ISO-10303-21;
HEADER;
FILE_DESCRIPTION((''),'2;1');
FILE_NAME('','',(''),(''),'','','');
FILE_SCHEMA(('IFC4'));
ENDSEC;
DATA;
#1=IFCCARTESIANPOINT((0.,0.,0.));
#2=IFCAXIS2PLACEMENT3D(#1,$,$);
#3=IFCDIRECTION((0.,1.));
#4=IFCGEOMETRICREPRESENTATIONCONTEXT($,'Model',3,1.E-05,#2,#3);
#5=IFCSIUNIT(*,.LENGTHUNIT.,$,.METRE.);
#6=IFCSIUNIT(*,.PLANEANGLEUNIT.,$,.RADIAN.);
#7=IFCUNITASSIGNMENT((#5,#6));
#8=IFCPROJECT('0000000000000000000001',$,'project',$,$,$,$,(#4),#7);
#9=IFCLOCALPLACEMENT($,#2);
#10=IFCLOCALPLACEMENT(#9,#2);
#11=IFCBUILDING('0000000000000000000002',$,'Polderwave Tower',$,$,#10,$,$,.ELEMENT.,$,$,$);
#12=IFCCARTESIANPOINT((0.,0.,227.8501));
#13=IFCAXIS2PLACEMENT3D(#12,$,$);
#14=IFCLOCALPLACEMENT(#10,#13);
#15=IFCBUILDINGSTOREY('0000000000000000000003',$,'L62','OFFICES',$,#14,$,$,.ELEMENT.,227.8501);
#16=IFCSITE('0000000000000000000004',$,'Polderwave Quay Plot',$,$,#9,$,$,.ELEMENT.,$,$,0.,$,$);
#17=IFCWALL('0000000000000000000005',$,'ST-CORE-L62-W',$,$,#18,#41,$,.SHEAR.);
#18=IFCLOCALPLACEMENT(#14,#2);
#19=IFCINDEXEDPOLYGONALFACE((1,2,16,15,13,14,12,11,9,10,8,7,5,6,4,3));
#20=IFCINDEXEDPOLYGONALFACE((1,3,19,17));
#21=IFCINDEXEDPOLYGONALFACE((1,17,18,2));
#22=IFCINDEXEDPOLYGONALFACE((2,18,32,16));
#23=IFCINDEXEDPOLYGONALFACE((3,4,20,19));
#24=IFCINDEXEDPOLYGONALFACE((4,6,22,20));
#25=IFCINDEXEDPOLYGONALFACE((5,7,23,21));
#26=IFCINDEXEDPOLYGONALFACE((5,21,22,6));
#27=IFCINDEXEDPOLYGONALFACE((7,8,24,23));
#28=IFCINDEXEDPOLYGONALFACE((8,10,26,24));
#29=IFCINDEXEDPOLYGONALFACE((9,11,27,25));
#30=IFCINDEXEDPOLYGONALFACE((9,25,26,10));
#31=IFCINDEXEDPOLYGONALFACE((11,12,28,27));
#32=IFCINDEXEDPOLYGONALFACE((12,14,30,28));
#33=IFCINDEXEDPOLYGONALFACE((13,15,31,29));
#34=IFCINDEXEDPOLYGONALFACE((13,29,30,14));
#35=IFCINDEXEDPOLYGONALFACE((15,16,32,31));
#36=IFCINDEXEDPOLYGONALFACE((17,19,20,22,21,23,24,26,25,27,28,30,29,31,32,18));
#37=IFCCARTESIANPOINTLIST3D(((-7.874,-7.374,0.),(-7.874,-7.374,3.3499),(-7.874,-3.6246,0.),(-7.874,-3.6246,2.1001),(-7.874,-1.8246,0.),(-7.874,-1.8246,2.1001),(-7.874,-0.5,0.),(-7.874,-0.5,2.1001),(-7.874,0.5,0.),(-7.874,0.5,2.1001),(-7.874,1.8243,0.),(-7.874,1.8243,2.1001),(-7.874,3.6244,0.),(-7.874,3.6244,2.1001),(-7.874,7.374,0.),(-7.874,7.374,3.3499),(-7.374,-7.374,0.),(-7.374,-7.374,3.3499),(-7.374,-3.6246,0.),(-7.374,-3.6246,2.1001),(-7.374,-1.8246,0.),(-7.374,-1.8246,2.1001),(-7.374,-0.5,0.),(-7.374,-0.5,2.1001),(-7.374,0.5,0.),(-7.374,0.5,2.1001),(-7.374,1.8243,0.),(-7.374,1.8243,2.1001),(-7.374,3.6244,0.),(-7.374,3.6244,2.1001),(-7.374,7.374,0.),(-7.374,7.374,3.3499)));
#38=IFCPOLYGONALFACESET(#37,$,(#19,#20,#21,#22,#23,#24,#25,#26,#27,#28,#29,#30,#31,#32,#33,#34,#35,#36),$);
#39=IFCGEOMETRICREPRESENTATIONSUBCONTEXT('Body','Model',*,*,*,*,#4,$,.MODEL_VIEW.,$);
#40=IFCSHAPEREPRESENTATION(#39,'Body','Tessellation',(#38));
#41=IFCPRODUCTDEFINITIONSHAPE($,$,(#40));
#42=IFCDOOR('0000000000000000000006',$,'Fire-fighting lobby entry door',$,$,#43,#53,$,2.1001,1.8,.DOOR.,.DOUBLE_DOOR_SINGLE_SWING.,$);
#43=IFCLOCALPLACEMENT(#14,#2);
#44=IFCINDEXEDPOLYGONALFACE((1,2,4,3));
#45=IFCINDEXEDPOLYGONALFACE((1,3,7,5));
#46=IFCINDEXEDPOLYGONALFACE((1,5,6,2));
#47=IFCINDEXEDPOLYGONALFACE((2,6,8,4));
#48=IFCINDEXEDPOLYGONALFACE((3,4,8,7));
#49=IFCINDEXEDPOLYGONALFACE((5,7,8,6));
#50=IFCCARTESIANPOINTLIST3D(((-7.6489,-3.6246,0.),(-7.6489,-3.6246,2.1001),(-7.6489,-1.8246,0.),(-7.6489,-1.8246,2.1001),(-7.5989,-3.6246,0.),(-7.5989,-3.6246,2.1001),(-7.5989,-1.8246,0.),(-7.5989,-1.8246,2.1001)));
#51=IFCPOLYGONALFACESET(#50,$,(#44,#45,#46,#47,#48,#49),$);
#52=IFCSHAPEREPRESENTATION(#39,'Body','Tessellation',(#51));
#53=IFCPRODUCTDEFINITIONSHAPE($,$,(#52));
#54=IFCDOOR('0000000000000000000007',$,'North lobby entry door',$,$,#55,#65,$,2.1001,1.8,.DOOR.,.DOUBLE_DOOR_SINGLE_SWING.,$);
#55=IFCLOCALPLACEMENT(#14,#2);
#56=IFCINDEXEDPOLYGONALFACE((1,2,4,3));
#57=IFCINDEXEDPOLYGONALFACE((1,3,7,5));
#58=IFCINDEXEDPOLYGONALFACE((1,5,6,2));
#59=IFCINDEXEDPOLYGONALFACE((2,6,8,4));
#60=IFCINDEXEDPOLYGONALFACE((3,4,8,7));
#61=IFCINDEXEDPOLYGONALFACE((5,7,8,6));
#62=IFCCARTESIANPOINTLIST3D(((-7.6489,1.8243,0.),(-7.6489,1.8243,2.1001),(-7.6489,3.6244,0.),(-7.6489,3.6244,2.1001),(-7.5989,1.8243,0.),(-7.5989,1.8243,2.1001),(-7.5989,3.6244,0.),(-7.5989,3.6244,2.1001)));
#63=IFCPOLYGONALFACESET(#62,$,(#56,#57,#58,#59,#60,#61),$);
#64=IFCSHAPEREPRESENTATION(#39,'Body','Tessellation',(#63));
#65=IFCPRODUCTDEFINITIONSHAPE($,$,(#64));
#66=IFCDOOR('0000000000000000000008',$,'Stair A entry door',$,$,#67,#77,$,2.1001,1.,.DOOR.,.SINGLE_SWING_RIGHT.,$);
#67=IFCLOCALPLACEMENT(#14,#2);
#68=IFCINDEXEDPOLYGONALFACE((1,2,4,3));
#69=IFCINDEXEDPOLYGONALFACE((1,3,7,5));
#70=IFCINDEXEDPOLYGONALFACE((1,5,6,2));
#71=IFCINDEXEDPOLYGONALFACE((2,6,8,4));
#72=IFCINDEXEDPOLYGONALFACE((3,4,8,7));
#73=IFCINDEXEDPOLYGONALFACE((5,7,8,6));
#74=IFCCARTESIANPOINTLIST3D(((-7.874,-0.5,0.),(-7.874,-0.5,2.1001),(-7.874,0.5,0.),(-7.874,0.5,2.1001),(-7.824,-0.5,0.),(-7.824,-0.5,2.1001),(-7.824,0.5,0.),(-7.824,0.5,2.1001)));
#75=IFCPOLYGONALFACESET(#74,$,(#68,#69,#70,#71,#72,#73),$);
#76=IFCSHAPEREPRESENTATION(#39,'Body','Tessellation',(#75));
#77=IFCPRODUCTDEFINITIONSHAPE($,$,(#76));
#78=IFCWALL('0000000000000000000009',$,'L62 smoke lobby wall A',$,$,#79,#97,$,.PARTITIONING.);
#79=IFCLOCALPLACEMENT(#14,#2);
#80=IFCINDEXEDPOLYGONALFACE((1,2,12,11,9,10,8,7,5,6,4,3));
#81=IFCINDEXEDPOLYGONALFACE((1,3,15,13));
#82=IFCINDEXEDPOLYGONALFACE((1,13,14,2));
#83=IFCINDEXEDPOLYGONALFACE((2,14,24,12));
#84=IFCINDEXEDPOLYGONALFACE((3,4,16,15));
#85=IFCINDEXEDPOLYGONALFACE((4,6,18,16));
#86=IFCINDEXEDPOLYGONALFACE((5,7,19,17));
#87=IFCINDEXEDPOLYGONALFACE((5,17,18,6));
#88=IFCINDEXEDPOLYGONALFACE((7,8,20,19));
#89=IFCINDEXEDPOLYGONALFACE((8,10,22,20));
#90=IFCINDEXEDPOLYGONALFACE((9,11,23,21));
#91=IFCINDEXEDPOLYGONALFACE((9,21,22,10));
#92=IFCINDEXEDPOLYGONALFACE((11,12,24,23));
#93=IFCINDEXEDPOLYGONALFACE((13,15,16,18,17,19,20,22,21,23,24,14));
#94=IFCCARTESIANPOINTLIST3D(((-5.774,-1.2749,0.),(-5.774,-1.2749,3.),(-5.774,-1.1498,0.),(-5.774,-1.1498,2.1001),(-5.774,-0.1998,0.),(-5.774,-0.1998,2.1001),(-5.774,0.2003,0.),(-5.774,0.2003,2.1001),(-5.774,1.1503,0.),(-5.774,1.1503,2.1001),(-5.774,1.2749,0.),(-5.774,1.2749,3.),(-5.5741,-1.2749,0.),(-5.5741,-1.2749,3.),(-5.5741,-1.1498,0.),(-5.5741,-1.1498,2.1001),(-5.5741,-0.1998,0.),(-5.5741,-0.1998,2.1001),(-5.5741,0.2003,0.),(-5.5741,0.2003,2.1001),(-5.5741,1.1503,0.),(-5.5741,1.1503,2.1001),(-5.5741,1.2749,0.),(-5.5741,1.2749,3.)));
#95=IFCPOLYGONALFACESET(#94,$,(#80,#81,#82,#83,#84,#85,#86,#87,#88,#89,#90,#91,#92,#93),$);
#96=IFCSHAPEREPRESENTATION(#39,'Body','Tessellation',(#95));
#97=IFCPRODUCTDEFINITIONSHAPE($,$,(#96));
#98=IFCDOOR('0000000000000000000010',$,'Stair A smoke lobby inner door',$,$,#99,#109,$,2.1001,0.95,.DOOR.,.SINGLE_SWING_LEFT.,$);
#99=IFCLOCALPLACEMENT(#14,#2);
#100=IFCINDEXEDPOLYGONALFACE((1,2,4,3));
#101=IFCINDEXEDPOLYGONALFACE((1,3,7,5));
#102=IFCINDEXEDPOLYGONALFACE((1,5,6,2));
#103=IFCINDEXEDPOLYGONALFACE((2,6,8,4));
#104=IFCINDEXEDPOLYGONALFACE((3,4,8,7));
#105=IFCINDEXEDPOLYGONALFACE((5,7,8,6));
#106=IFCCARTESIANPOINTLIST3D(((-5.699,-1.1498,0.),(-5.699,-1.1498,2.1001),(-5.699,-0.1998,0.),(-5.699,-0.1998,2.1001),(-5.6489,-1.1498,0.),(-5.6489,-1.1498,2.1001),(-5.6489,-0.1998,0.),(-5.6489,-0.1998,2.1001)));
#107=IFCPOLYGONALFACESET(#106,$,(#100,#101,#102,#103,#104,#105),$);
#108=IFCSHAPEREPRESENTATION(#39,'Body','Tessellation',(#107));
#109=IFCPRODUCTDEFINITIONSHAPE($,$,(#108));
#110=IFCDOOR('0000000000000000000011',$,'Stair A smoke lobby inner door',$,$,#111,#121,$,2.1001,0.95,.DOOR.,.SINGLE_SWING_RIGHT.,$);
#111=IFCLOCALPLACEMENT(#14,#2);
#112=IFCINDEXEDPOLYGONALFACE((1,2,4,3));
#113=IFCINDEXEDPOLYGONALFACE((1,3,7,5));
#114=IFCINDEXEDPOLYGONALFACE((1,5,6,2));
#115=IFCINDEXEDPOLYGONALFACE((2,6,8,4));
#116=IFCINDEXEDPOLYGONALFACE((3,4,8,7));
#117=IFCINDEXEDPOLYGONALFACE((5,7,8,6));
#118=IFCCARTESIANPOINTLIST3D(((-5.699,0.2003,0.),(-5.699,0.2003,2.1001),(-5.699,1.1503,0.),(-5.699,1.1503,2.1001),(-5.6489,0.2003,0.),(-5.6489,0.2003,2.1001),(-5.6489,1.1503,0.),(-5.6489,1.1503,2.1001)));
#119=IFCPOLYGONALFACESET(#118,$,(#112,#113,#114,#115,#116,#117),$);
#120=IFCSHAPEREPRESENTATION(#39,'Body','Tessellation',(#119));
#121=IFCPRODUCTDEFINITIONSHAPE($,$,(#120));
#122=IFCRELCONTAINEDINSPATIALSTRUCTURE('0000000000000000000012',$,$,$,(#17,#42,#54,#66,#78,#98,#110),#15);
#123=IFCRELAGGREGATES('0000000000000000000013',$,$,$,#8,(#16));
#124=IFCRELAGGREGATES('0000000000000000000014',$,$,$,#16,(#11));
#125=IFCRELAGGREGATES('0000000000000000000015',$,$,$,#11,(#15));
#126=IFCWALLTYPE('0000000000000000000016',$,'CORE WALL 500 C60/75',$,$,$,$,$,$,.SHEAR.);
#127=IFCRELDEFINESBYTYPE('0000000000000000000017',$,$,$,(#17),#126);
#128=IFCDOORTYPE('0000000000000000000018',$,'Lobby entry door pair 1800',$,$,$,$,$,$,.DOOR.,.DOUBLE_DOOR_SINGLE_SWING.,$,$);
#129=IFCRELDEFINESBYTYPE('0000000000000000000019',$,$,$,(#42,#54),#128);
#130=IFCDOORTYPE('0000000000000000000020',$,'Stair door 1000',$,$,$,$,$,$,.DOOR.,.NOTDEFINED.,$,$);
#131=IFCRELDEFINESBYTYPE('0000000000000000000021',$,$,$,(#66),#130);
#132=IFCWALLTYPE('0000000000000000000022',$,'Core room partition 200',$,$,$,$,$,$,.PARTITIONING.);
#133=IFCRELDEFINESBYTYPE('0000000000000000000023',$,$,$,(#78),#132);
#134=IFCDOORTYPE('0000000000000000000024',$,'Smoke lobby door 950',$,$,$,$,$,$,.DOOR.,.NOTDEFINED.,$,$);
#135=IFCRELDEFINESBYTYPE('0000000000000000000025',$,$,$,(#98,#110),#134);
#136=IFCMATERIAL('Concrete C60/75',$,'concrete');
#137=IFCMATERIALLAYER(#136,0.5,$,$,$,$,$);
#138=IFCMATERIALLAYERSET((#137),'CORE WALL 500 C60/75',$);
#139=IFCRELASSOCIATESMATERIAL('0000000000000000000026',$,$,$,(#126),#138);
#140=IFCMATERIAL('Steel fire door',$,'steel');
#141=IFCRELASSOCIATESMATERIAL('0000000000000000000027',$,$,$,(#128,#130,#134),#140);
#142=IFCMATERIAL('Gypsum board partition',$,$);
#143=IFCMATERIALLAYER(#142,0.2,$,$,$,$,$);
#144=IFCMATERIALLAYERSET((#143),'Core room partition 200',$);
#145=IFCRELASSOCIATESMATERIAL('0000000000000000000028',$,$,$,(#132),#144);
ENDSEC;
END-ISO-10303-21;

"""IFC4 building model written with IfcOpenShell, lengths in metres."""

from ifc_helpers import new_model, si_unit, direction, frame, frame_2d, origin, place, context, subcontext, project, spatial, rectangle, extrude, material, layer, layer_set, type_object, element, fill, save


model = new_model("IFC4")

# Units and contexts
model_context = context("Model", 3, precision=1e-05, world=origin(), true_north=direction((0.0, 1.0)))
body_context = subcontext(model_context, "Body", "Model", "MODEL_VIEW")
ifc_project = project(units=[si_unit("LENGTHUNIT", "METRE"), si_unit("PLANEANGLEUNIT", "RADIAN")], contexts=[model_context])

# Site, building, storey
site_placement = place(None, origin())
site = spatial("IfcSite", under=ifc_project, at=site_placement, Name="Polderwave Quay Plot", CompositionType="ELEMENT", RefElevation=0.0)
building_placement = place(site_placement, origin())
building = spatial("IfcBuilding", under=site, at=building_placement, Name="Polderwave Tower", CompositionType="ELEMENT")
storey_placement = place(building_placement, frame((0.0, 0.0, 227.8501)))
storey = spatial("IfcBuildingStorey", under=building, at=storey_placement, Name="L62", Description="OFFICES", CompositionType="ELEMENT", Elevation=227.8501)

# Walls, openings, doors
ifc_material_1 = material(Name="Concrete C60/75", Category="concrete")
ifc_layer_1 = layer(ifc_material_1, 0.5)
ifc_layer_set_1 = layer_set([ifc_layer_1], Name="CORE WALL 500 C60/75")
wall_type_1 = type_object("IfcWallType", Name="CORE WALL 500 C60/75", PredefinedType="SHEAR", material=ifc_layer_set_1)
wall_1_placement = place(storey_placement, frame((-7.624, -7.374, 0.0), z_axis=(0.0, 0.0, 1.0), x_axis=(0.0, 1.0, 0.0)))
wall_1 = element("IfcWall", 1, at=wall_1_placement, inside=storey, type_object=wall_type_1, Name="ST-CORE-L62-W", PredefinedType="SHEAR", context=body_context, shape_type="SweptSolid", body=[
    extrude(rectangle(XDim=14.748, YDim=0.5, at=frame_2d((7.374, 0.0))), origin(), (0.0, 0.0, 1.0), 3.3499),
])
opening_1_placement = place(wall_1_placement, frame((6.874, 0.0, 0.0)))
opening_1 = element("IfcOpeningElement", 2, at=opening_1_placement, cuts=wall_1, PredefinedType="OPENING", context=body_context, shape_type="SweptSolid", body=[
    extrude(rectangle(XDim=1.0, YDim=2.1001, at=frame_2d((0.5, 1.05))), frame((0.0, 0.26, 0.0), z_axis=(0.0, -1.0, 0.0), x_axis=(1.0, 0.0, 0.0)), (0.0, 0.0, 1.0), 0.52),
])
opening_2_placement = place(wall_1_placement, frame((3.7495, 0.0, 0.0)))
opening_2 = element("IfcOpeningElement", 3, at=opening_2_placement, cuts=wall_1, PredefinedType="OPENING", context=body_context, shape_type="SweptSolid", body=[
    extrude(rectangle(XDim=1.8, YDim=2.1001, at=frame_2d((0.8999, 1.05))), frame((0.0, 0.26, 0.0), z_axis=(0.0, -1.0, 0.0), x_axis=(1.0, 0.0, 0.0)), (0.0, 0.0, 1.0), 0.52),
])
opening_3_placement = place(wall_1_placement, frame((9.1985, 0.0, 0.0)))
opening_3 = element("IfcOpeningElement", 4, at=opening_3_placement, cuts=wall_1, PredefinedType="OPENING", context=body_context, shape_type="SweptSolid", body=[
    extrude(rectangle(XDim=1.8, YDim=2.1001, at=frame_2d((0.8999, 1.05))), frame((0.0, 0.26, 0.0), z_axis=(0.0, -1.0, 0.0), x_axis=(1.0, 0.0, 0.0)), (0.0, 0.0, 1.0), 0.52),
])
ifc_material_2 = material(Name="Steel fire door", Category="steel")
door_type_1 = type_object("IfcDoorType", Name="Lobby entry door pair 1800", OperationType="DOUBLE_DOOR_SINGLE_SWING", PredefinedType="DOOR", material=ifc_material_2)
door_1_placement = place(opening_2_placement, origin())
door_1 = element("IfcDoor", 5, at=door_1_placement, inside=storey, type_object=door_type_1, Name="Fire-fighting lobby entry door", OperationType="DOUBLE_DOOR_SINGLE_SWING", OverallHeight=2.1001, OverallWidth=1.8, PredefinedType="DOOR", context=body_context, shape_type="SweptSolid", body=[
    extrude(rectangle(XDim=1.8, YDim=2.1001, at=frame_2d((0.8999, 1.05))), frame((0.0, 0.0249, 0.0), z_axis=(0.0, -1.0, 0.0), x_axis=(1.0, 0.0, 0.0)), (0.0, 0.0, 1.0), 0.05),
])
fill(opening_2, door_1)
door_2_placement = place(opening_3_placement, origin())
door_2 = element("IfcDoor", 6, at=door_2_placement, inside=storey, type_object=door_type_1, Name="North lobby entry door", OperationType="DOUBLE_DOOR_SINGLE_SWING", OverallHeight=2.1001, OverallWidth=1.8, PredefinedType="DOOR", context=body_context, shape_type="SweptSolid", body=[
    extrude(rectangle(XDim=1.8, YDim=2.1001, at=frame_2d((0.8999, 1.05))), frame((0.0, 0.0249, 0.0), z_axis=(0.0, -1.0, 0.0), x_axis=(1.0, 0.0, 0.0)), (0.0, 0.0, 1.0), 0.05),
])
fill(opening_3, door_2)
door_type_2 = type_object("IfcDoorType", Name="Stair door 1000", OperationType="NOTDEFINED", PredefinedType="DOOR", material=ifc_material_2)
door_3_placement = place(opening_1_placement, origin())
door_3 = element("IfcDoor", 7, at=door_3_placement, inside=storey, type_object=door_type_2, Name="Stair A entry door", OperationType="SINGLE_SWING_RIGHT", OverallHeight=2.1001, OverallWidth=1.0, PredefinedType="DOOR", context=body_context, shape_type="SweptSolid", body=[
    extrude(rectangle(XDim=1.0, YDim=2.1001, at=frame_2d((0.5, 1.05))), frame((0.0, 0.25, 0.0), z_axis=(0.0, -1.0, 0.0), x_axis=(1.0, 0.0, 0.0)), (0.0, 0.0, 1.0), 0.05),
])
fill(opening_1, door_3)
ifc_material_3 = material(Name="Gypsum board partition")
ifc_layer_2 = layer(ifc_material_3, 0.2)
ifc_layer_set_2 = layer_set([ifc_layer_2], Name="Core room partition 200")
wall_type_2 = type_object("IfcWallType", Name="Core room partition 200", PredefinedType="PARTITIONING", material=ifc_layer_set_2)
wall_2_placement = place(storey_placement, frame((-5.6741, -1.2749, 0.0), z_axis=(0.0, 0.0, 1.0), x_axis=(0.0, 1.0, 0.0)))
wall_2 = element("IfcWall", 8, at=wall_2_placement, inside=storey, type_object=wall_type_2, Name="L62 smoke lobby wall A", PredefinedType="PARTITIONING", context=body_context, shape_type="SweptSolid", body=[
    extrude(rectangle(XDim=2.5498, YDim=0.2, at=frame_2d((1.2749, 0.0))), origin(), (0.0, 0.0, 1.0), 3.0),
])
opening_4_placement = place(wall_2_placement, frame((0.125, 0.0, 0.0)))
opening_4 = element("IfcOpeningElement", 9, at=opening_4_placement, cuts=wall_2, PredefinedType="OPENING", context=body_context, shape_type="SweptSolid", body=[
    extrude(rectangle(XDim=0.95, YDim=2.1001, at=frame_2d((0.4751, 1.05))), frame((0.0, 0.1099, 0.0), z_axis=(0.0, -1.0, 0.0), x_axis=(1.0, 0.0, 0.0)), (0.0, 0.0, 1.0), 0.22),
])
opening_5_placement = place(wall_2_placement, frame((1.4751, 0.0, 0.0)))
opening_5 = element("IfcOpeningElement", 10, at=opening_5_placement, cuts=wall_2, PredefinedType="OPENING", context=body_context, shape_type="SweptSolid", body=[
    extrude(rectangle(XDim=0.95, YDim=2.1001, at=frame_2d((0.4751, 1.05))), frame((0.0, 0.1099, 0.0), z_axis=(0.0, -1.0, 0.0), x_axis=(1.0, 0.0, 0.0)), (0.0, 0.0, 1.0), 0.22),
])
door_type_3 = type_object("IfcDoorType", Name="Smoke lobby door 950", OperationType="NOTDEFINED", PredefinedType="DOOR", material=ifc_material_2)
door_4_placement = place(opening_4_placement, origin())
door_4 = element("IfcDoor", 11, at=door_4_placement, inside=storey, type_object=door_type_3, Name="Stair A smoke lobby inner door", OperationType="SINGLE_SWING_LEFT", OverallHeight=2.1001, OverallWidth=0.95, PredefinedType="DOOR", context=body_context, shape_type="SweptSolid", body=[
    extrude(rectangle(XDim=0.95, YDim=2.1001, at=frame_2d((0.4751, 1.05))), frame((0.0, 0.0249, 0.0), z_axis=(0.0, -1.0, 0.0), x_axis=(1.0, 0.0, 0.0)), (0.0, 0.0, 1.0), 0.05),
])
fill(opening_4, door_4)
door_5_placement = place(opening_5_placement, origin())
door_5 = element("IfcDoor", 12, at=door_5_placement, inside=storey, type_object=door_type_3, Name="Stair A smoke lobby inner door", OperationType="SINGLE_SWING_RIGHT", OverallHeight=2.1001, OverallWidth=0.95, PredefinedType="DOOR", context=body_context, shape_type="SweptSolid", body=[
    extrude(rectangle(XDim=0.95, YDim=2.1001, at=frame_2d((0.4751, 1.05))), frame((0.0, 0.0249, 0.0), z_axis=(0.0, -1.0, 0.0), x_axis=(1.0, 0.0, 0.0)), (0.0, 0.0, 1.0), 0.05),
])
fill(opening_5, door_5)

save(model, "model.ifc")
